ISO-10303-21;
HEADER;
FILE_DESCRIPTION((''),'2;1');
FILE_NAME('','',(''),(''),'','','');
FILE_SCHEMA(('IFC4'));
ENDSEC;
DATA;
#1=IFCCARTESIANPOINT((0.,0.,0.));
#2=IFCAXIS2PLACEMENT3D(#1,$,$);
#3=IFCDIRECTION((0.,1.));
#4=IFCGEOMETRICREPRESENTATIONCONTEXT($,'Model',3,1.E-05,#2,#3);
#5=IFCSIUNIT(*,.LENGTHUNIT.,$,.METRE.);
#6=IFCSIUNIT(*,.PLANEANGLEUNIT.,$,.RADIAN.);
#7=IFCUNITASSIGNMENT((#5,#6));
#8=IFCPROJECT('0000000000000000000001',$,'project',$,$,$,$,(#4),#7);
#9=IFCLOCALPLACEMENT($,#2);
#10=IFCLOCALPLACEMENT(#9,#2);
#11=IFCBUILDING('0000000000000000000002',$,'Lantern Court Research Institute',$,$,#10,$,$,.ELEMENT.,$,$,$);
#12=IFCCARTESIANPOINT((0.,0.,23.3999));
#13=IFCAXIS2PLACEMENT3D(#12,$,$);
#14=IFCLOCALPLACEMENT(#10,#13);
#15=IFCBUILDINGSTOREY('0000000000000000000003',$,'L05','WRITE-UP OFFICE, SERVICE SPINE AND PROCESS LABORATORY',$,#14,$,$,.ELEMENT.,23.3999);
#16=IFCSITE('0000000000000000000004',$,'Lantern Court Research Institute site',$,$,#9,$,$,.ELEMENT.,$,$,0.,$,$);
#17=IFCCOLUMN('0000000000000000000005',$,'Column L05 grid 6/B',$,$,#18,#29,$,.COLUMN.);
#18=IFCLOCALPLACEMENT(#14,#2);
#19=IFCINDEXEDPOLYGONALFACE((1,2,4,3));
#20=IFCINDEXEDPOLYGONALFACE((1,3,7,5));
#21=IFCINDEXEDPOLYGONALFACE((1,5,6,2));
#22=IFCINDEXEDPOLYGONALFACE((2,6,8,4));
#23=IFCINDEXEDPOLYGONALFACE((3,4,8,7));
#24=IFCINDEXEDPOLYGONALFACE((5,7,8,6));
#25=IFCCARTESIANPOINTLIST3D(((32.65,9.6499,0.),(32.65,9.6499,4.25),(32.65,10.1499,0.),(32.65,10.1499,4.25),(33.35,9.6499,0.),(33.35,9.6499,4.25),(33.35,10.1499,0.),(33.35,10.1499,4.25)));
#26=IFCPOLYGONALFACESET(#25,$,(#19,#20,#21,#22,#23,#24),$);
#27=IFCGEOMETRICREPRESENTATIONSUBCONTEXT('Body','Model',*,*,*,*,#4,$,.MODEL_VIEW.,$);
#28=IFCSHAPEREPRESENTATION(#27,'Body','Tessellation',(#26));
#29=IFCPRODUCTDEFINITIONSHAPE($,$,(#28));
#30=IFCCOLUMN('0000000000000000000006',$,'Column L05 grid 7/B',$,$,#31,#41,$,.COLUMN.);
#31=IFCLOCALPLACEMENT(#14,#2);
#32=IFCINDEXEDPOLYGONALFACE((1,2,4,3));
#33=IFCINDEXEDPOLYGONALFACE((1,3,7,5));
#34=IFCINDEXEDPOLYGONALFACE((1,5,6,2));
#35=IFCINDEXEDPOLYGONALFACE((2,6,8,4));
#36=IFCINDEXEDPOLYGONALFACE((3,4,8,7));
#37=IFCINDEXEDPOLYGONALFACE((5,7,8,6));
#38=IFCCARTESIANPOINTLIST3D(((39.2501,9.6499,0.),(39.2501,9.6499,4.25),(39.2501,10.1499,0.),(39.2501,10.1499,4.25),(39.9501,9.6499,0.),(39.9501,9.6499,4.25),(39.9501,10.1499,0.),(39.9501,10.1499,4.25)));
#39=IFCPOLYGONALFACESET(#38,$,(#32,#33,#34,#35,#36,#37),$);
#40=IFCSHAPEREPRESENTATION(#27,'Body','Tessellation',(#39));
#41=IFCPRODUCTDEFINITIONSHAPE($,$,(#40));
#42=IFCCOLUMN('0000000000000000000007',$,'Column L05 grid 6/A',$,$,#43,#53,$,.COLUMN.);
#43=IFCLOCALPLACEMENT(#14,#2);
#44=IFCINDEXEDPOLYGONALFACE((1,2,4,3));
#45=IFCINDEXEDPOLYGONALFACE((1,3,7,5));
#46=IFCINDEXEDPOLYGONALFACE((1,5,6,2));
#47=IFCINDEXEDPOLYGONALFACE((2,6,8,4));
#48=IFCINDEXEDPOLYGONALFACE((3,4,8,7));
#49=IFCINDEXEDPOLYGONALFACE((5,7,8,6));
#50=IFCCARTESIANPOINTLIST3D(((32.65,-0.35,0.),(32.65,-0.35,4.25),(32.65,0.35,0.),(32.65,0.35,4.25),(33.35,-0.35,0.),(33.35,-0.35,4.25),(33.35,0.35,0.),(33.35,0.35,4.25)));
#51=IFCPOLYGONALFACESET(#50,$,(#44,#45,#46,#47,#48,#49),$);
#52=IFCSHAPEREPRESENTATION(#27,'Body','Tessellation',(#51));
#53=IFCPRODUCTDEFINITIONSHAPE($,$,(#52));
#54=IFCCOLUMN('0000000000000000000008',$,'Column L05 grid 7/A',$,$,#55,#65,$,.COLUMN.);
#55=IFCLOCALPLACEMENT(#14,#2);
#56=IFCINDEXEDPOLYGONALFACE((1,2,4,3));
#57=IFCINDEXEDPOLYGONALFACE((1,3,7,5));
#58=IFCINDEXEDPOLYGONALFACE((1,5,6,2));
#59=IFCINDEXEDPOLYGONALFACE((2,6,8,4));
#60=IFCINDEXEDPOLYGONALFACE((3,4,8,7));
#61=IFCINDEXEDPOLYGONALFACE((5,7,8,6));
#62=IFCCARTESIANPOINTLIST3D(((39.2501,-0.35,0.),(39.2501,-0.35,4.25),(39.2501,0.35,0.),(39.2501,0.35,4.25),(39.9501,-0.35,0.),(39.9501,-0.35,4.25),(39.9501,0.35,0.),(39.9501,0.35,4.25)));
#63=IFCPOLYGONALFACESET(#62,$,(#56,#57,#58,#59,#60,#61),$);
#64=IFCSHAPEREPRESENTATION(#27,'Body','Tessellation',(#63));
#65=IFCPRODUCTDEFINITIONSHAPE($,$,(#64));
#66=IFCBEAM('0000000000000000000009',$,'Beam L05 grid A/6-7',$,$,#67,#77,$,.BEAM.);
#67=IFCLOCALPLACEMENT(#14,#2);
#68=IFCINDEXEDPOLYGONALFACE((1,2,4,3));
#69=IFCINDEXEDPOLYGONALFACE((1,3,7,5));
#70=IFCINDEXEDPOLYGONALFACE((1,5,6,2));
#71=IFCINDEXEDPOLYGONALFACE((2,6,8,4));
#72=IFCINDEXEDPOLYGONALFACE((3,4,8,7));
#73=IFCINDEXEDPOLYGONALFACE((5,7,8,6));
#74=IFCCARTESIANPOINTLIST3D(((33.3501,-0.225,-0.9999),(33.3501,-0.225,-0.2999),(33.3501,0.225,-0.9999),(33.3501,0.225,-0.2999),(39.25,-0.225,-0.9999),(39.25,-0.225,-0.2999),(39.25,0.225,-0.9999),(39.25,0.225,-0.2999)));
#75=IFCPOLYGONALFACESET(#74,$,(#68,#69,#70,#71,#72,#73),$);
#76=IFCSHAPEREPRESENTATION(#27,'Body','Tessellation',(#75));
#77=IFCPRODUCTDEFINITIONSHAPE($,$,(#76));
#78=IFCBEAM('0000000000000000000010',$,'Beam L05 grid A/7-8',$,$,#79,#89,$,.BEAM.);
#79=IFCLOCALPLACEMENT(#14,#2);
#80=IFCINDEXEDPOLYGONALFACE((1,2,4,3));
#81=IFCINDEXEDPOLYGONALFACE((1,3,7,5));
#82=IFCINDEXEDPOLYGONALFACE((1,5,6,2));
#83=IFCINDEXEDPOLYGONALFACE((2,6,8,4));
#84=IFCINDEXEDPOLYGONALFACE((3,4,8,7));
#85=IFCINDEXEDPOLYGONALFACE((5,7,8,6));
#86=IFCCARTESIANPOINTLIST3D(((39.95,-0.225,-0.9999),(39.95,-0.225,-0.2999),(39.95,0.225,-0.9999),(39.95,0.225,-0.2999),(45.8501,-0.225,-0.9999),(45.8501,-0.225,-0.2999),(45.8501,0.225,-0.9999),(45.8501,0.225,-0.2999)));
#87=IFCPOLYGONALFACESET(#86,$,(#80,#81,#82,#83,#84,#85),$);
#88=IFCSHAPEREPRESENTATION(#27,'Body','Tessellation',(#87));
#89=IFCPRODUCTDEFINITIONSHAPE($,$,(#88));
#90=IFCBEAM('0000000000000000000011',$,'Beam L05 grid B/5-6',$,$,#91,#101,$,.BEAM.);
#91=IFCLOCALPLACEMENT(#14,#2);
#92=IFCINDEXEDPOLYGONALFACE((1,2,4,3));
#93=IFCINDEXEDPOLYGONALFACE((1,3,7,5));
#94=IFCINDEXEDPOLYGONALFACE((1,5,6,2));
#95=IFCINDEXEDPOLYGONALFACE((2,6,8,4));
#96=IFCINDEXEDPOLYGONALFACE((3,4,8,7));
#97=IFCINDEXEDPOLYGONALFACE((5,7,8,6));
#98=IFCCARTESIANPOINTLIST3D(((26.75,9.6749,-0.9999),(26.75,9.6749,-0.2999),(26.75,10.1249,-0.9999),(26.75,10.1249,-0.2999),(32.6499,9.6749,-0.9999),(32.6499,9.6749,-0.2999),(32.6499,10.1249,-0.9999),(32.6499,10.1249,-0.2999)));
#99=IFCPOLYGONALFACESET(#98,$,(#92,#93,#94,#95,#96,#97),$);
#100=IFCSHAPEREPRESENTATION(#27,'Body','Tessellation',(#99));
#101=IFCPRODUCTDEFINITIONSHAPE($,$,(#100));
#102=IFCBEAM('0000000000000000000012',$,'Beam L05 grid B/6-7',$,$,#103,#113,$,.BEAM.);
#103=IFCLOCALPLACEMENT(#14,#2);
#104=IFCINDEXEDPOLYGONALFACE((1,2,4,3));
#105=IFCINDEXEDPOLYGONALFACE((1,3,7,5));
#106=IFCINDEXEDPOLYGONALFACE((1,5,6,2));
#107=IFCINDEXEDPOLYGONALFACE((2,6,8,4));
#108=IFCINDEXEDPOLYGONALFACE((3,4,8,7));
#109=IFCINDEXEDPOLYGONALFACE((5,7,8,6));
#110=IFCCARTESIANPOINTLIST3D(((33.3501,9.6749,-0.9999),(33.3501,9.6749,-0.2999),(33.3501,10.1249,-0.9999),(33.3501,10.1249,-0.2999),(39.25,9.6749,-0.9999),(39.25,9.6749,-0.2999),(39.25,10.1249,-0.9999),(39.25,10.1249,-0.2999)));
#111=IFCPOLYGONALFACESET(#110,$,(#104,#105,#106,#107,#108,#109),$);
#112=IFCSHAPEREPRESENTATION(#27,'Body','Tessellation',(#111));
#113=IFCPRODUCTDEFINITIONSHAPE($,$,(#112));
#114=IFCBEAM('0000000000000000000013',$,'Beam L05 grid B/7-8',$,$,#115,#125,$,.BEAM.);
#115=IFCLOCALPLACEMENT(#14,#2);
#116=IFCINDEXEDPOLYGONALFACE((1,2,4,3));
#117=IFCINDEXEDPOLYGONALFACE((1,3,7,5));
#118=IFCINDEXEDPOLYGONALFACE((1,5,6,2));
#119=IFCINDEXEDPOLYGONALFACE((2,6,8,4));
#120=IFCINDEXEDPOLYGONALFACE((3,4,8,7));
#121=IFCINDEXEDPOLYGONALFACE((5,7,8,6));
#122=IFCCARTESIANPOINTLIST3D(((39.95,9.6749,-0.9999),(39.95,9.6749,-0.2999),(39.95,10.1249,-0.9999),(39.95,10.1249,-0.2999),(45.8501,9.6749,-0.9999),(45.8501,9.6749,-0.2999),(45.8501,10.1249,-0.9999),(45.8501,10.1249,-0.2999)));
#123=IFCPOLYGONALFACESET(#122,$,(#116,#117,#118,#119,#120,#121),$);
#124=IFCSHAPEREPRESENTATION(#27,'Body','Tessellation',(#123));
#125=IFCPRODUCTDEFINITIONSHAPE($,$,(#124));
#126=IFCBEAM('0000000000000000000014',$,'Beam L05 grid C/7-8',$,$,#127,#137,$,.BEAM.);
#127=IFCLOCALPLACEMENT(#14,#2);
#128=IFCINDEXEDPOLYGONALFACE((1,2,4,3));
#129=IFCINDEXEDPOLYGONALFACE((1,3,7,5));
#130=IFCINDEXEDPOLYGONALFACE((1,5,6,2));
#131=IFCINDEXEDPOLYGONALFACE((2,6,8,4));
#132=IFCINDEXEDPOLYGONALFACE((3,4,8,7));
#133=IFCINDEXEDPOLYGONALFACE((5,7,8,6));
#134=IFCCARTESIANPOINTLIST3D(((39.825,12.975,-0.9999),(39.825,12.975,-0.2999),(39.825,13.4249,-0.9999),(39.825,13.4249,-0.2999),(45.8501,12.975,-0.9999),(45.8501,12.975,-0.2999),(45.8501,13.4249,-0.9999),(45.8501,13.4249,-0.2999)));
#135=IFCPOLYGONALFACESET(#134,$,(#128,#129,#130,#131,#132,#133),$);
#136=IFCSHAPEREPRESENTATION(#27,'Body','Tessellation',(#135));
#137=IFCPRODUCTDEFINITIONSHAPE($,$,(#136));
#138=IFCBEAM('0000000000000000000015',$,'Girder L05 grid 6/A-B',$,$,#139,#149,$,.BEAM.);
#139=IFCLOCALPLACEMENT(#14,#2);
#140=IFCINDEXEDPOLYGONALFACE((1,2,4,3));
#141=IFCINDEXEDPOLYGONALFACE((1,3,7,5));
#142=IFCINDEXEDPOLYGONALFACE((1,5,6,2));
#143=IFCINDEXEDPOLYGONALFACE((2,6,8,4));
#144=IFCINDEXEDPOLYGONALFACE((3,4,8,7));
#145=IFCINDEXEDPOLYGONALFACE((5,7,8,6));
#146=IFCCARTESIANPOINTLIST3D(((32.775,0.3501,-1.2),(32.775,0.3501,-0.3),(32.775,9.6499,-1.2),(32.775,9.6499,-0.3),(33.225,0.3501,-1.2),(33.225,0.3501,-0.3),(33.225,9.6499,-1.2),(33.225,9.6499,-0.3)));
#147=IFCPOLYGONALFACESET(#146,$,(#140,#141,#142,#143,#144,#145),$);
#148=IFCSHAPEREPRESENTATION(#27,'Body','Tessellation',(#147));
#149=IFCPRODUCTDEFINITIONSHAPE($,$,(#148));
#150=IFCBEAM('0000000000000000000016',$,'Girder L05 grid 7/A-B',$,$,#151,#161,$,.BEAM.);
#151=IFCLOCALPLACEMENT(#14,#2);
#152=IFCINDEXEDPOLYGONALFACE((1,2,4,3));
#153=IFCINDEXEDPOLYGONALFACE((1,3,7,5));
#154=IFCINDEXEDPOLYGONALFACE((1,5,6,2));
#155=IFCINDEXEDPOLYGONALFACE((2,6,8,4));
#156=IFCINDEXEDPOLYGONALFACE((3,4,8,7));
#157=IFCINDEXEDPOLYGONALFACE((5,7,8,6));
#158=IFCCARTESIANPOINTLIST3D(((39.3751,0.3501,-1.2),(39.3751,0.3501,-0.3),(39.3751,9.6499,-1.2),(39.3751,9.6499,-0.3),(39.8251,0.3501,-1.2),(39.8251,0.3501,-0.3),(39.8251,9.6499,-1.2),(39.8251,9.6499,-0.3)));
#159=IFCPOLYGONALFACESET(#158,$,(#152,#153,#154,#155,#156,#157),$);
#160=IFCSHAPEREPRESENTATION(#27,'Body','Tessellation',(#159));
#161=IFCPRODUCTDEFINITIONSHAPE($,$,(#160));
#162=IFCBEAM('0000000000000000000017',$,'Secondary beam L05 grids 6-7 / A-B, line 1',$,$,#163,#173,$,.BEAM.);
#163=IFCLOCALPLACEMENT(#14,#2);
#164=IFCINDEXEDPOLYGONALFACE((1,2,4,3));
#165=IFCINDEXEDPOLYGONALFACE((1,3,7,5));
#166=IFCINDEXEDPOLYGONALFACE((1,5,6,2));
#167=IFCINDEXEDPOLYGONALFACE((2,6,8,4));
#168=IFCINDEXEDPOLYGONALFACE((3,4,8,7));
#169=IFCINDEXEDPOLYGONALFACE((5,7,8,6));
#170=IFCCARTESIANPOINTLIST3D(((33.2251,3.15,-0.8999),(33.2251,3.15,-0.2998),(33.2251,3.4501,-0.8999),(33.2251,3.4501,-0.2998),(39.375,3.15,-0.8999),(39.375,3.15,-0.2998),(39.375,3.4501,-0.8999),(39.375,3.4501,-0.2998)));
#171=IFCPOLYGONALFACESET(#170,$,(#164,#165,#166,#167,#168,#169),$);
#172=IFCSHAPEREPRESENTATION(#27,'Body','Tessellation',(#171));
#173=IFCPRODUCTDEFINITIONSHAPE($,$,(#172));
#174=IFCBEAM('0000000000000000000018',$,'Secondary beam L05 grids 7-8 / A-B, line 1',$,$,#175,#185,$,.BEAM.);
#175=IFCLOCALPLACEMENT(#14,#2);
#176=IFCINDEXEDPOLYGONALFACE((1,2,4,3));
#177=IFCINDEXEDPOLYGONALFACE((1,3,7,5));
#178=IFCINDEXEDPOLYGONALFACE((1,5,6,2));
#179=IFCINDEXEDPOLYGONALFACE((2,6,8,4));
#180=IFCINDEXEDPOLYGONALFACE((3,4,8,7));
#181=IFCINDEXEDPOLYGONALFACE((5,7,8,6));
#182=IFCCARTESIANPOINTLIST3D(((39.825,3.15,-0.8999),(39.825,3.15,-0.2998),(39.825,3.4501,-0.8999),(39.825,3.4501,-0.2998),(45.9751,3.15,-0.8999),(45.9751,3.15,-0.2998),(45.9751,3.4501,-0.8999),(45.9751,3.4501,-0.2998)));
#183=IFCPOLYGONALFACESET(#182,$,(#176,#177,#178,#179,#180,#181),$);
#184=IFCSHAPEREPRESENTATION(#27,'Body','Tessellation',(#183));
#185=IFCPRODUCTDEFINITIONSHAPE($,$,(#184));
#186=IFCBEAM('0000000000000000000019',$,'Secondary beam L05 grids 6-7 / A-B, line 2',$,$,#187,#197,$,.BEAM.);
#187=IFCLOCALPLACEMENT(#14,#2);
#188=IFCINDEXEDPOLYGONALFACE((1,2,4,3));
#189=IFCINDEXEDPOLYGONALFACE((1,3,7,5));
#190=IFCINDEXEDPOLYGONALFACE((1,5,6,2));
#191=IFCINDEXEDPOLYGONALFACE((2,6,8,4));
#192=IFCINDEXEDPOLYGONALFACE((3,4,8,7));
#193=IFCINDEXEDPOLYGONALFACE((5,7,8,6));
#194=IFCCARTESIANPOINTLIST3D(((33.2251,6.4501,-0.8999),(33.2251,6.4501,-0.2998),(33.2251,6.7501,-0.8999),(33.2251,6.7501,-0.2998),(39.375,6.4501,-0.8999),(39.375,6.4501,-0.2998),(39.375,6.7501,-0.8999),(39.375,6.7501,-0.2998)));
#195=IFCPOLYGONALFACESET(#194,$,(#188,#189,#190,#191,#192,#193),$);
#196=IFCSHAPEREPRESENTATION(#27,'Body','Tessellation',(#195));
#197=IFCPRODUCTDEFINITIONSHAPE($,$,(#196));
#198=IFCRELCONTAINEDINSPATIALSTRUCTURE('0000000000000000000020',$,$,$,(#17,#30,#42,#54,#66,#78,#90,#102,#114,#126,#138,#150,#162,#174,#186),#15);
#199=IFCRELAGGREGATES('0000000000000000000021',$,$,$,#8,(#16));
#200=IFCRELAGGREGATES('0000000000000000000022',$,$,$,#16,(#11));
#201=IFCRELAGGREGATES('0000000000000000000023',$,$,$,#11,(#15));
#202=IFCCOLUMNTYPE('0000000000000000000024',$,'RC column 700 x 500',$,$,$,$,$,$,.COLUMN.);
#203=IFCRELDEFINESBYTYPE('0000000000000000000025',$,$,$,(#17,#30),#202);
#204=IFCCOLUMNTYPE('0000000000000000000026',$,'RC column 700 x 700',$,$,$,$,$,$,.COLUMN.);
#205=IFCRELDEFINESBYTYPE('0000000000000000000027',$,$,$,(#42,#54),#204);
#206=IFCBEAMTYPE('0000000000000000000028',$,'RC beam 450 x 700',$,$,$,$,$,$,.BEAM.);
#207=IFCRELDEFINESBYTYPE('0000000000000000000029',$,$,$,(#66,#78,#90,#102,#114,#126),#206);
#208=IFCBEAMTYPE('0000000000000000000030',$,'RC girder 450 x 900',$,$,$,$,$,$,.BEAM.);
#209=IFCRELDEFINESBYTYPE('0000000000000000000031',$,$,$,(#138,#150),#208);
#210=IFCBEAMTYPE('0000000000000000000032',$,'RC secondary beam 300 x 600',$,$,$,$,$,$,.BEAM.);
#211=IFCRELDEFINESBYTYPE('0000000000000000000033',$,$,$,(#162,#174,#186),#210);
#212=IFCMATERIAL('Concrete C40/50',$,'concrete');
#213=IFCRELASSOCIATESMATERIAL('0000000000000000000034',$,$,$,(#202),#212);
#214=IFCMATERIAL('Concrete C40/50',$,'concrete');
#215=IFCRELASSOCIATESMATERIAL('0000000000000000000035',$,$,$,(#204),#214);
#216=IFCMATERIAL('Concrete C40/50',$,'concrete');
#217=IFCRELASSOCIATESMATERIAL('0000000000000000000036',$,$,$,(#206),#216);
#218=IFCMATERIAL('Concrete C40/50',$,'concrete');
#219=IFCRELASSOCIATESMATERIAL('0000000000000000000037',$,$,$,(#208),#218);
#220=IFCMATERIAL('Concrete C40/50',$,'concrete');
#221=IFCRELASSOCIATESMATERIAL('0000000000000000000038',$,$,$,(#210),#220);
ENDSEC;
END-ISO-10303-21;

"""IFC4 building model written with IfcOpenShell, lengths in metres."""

from ifc_helpers import new_model, si_unit, direction, frame, origin, origin_2d, place, context, subcontext, project, spatial, rectangle, extrude, material, material_profile, profile_set, type_object, element, save


model = new_model("IFC4")

# Units and contexts
model_context = context("Model", 3, precision=1e-05, world=origin(), true_north=direction((0.0, 1.0)))
body_context = subcontext(model_context, "Body", "Model", "MODEL_VIEW")
ifc_project = project(units=[si_unit("LENGTHUNIT", "METRE"), si_unit("PLANEANGLEUNIT", "RADIAN")], contexts=[model_context])

# Site, building, storey
site_placement = place(None, origin())
site = spatial("IfcSite", under=ifc_project, at=site_placement, Name="Lantern Court Research Institute site", CompositionType="ELEMENT", RefElevation=0.0)
building_placement = place(site_placement, origin())
building = spatial("IfcBuilding", under=site, at=building_placement, Name="Lantern Court Research Institute", CompositionType="ELEMENT")
storey_placement = place(building_placement, frame((0.0, 0.0, 23.3999)))
storey = spatial("IfcBuildingStorey", under=building, at=storey_placement, Name="L05", Description="WRITE-UP OFFICE, SERVICE SPINE AND PROCESS LABORATORY", CompositionType="ELEMENT", Elevation=23.3999)

# Columns
ifc_material_1 = material(Name="Concrete C40/50", Category="concrete")
ifc_material_profile_1 = material_profile(ifc_material_1, rectangle(XDim=0.7, YDim=0.5, at=origin_2d()), Name="RC column 700 x 500")
ifc_profile_set_1 = profile_set([ifc_material_profile_1], Name="Concrete C40/50")
column_type_1 = type_object("IfcColumnType", Name="RC column 700 x 500", PredefinedType="COLUMN", material=ifc_profile_set_1)
for number, where, z_axis, x_axis, name in (
    (1, (33.0, 9.8999, 0.0), (0.0, 0.0, 1.0), (1.0, 0.0, 0.0), "Column L05 grid 6/B"),
    (2, (39.6001, 9.8999, 0.0), (0.0, 0.0, 1.0), (1.0, 0.0, 0.0), "Column L05 grid 7/B"),
):
    element("IfcColumn", number, at=place(storey_placement, frame(where, z_axis=z_axis, x_axis=x_axis)), inside=storey, type_object=column_type_1, Name=name, PredefinedType="COLUMN", context=body_context, shape_type="SweptSolid", body=[
        extrude(rectangle(XDim=0.7, YDim=0.5, at=origin_2d()), origin(), (0.0, 0.0, 1.0), 4.25),
    ])
ifc_material_2 = material(Name="Concrete C40/50", Category="concrete")
ifc_material_profile_2 = material_profile(ifc_material_2, rectangle(XDim=0.7, YDim=0.7, at=origin_2d()), Name="RC column 700 x 700")
ifc_profile_set_2 = profile_set([ifc_material_profile_2], Name="Concrete C40/50")
column_type_2 = type_object("IfcColumnType", Name="RC column 700 x 700", PredefinedType="COLUMN", material=ifc_profile_set_2)
for number, where, z_axis, x_axis, name in (
    (3, (33.0, 0.0, 0.0), (0.0, 0.0, 1.0), (1.0, 0.0, 0.0), "Column L05 grid 6/A"),
    (4, (39.6001, 0.0, 0.0), (0.0, 0.0, 1.0), (1.0, 0.0, 0.0), "Column L05 grid 7/A"),
):
    element("IfcColumn", number, at=place(storey_placement, frame(where, z_axis=z_axis, x_axis=x_axis)), inside=storey, type_object=column_type_2, Name=name, PredefinedType="COLUMN", context=body_context, shape_type="SweptSolid", body=[
        extrude(rectangle(XDim=0.7, YDim=0.7, at=origin_2d()), origin(), (0.0, 0.0, 1.0), 4.25),
    ])

# Beams
ifc_material_3 = material(Name="Concrete C40/50", Category="concrete")
ifc_material_profile_3 = material_profile(ifc_material_3, rectangle(XDim=0.45, YDim=0.7, at=origin_2d()), Name="RC beam 450 x 700")
ifc_profile_set_3 = profile_set([ifc_material_profile_3], Name="Concrete C40/50")
beam_type_1 = type_object("IfcBeamType", Name="RC beam 450 x 700", PredefinedType="BEAM", material=ifc_profile_set_3)
beam_1_placement = place(storey_placement, frame((33.3501, 0.0, -0.6499), z_axis=(1.0, 0.0, 0.0), x_axis=(0.0, 1.0, 0.0)))
element("IfcBeam", 5, at=beam_1_placement, inside=storey, type_object=beam_type_1, Name="Beam L05 grid A/6-7", PredefinedType="BEAM", context=body_context, shape_type="SweptSolid", body=[
    extrude(rectangle(XDim=0.45, YDim=0.7, at=origin_2d()), origin(), (0.0, 0.0, 1.0), 5.8999),
])
beam_2_placement = place(storey_placement, frame((39.95, 0.0, -0.6499), z_axis=(1.0, 0.0, 0.0), x_axis=(0.0, 1.0, 0.0)))
element("IfcBeam", 6, at=beam_2_placement, inside=storey, type_object=beam_type_1, Name="Beam L05 grid A/7-8", PredefinedType="BEAM", context=body_context, shape_type="SweptSolid", body=[
    extrude(rectangle(XDim=0.45, YDim=0.7, at=origin_2d()), origin(), (0.0, 0.0, 1.0), 5.9001),
])
for number, where, z_axis, x_axis, name in (
    (7, (26.75, 9.8999, -0.6499), (1.0, 0.0, 0.0), (0.0, 1.0, 0.0), "Beam L05 grid B/5-6"),
    (8, (33.3501, 9.8999, -0.6499), (1.0, 0.0, 0.0), (0.0, 1.0, 0.0), "Beam L05 grid B/6-7"),
):
    element("IfcBeam", number, at=place(storey_placement, frame(where, z_axis=z_axis, x_axis=x_axis)), inside=storey, type_object=beam_type_1, Name=name, PredefinedType="BEAM", context=body_context, shape_type="SweptSolid", body=[
        extrude(rectangle(XDim=0.45, YDim=0.7, at=origin_2d()), origin(), (0.0, 0.0, 1.0), 5.8999),
    ])
beam_3_placement = place(storey_placement, frame((39.95, 9.8999, -0.6499), z_axis=(1.0, 0.0, 0.0), x_axis=(0.0, 1.0, 0.0)))
element("IfcBeam", 9, at=beam_3_placement, inside=storey, type_object=beam_type_1, Name="Beam L05 grid B/7-8", PredefinedType="BEAM", context=body_context, shape_type="SweptSolid", body=[
    extrude(rectangle(XDim=0.45, YDim=0.7, at=origin_2d()), origin(), (0.0, 0.0, 1.0), 5.9001),
])
beam_4_placement = place(storey_placement, frame((39.825, 13.2, -0.6499), z_axis=(1.0, 0.0, 0.0), x_axis=(0.0, 1.0, 0.0)))
element("IfcBeam", 10, at=beam_4_placement, inside=storey, type_object=beam_type_1, Name="Beam L05 grid C/7-8", PredefinedType="BEAM", context=body_context, shape_type="SweptSolid", body=[
    extrude(rectangle(XDim=0.45, YDim=0.7, at=origin_2d()), origin(), (0.0, 0.0, 1.0), 6.0251),
])
ifc_material_4 = material(Name="Concrete C40/50", Category="concrete")
ifc_material_profile_4 = material_profile(ifc_material_4, rectangle(XDim=0.45, YDim=0.8999, at=origin_2d()), Name="RC beam 450 x 900")
ifc_profile_set_4 = profile_set([ifc_material_profile_4], Name="Concrete C40/50")
beam_type_2 = type_object("IfcBeamType", Name="RC girder 450 x 900", PredefinedType="BEAM", material=ifc_profile_set_4)
for number, where, z_axis, x_axis, name in (
    (11, (33.0, 0.3501, -0.75), (0.0, 1.0, 0.0), (-1.0, 0.0, 0.0), "Girder L05 grid 6/A-B"),
    (12, (39.6001, 0.3501, -0.75), (0.0, 1.0, 0.0), (-1.0, 0.0, 0.0), "Girder L05 grid 7/A-B"),
):
    element("IfcBeam", number, at=place(storey_placement, frame(where, z_axis=z_axis, x_axis=x_axis)), inside=storey, type_object=beam_type_2, Name=name, PredefinedType="BEAM", context=body_context, shape_type="SweptSolid", body=[
        extrude(rectangle(XDim=0.45, YDim=0.8999, at=origin_2d()), origin(), (0.0, 0.0, 1.0), 9.2998),
    ])
ifc_material_5 = material(Name="Concrete C40/50", Category="concrete")
ifc_material_profile_5 = material_profile(ifc_material_5, rectangle(XDim=0.3, YDim=0.6001, at=origin_2d()), Name="RC beam 300 x 600")
ifc_profile_set_5 = profile_set([ifc_material_profile_5], Name="Concrete C40/50")
beam_type_3 = type_object("IfcBeamType", Name="RC secondary beam 300 x 600", PredefinedType="BEAM", material=ifc_profile_set_5)
beam_5_placement = place(storey_placement, frame((33.2251, 3.3, -0.5999), z_axis=(1.0, 0.0, 0.0), x_axis=(0.0, 1.0, 0.0)))
element("IfcBeam", 13, at=beam_5_placement, inside=storey, type_object=beam_type_3, Name="Secondary beam L05 grids 6-7 / A-B, line 1", PredefinedType="BEAM", context=body_context, shape_type="SweptSolid", body=[
    extrude(rectangle(XDim=0.3, YDim=0.6001, at=origin_2d()), origin(), (0.0, 0.0, 1.0), 6.1499),
])
beam_6_placement = place(storey_placement, frame((39.825, 3.3, -0.5999), z_axis=(1.0, 0.0, 0.0), x_axis=(0.0, 1.0, 0.0)))
element("IfcBeam", 14, at=beam_6_placement, inside=storey, type_object=beam_type_3, Name="Secondary beam L05 grids 7-8 / A-B, line 1", PredefinedType="BEAM", context=body_context, shape_type="SweptSolid", body=[
    extrude(rectangle(XDim=0.3, YDim=0.6001, at=origin_2d()), origin(), (0.0, 0.0, 1.0), 6.1501),
])
beam_7_placement = place(storey_placement, frame((33.2251, 6.6001, -0.5999), z_axis=(1.0, 0.0, 0.0), x_axis=(0.0, 1.0, 0.0)))
element("IfcBeam", 15, at=beam_7_placement, inside=storey, type_object=beam_type_3, Name="Secondary beam L05 grids 6-7 / A-B, line 2", PredefinedType="BEAM", context=body_context, shape_type="SweptSolid", body=[
    extrude(rectangle(XDim=0.3, YDim=0.6001, at=origin_2d()), origin(), (0.0, 0.0, 1.0), 6.1499),
])

save(model, "model.ifc")
